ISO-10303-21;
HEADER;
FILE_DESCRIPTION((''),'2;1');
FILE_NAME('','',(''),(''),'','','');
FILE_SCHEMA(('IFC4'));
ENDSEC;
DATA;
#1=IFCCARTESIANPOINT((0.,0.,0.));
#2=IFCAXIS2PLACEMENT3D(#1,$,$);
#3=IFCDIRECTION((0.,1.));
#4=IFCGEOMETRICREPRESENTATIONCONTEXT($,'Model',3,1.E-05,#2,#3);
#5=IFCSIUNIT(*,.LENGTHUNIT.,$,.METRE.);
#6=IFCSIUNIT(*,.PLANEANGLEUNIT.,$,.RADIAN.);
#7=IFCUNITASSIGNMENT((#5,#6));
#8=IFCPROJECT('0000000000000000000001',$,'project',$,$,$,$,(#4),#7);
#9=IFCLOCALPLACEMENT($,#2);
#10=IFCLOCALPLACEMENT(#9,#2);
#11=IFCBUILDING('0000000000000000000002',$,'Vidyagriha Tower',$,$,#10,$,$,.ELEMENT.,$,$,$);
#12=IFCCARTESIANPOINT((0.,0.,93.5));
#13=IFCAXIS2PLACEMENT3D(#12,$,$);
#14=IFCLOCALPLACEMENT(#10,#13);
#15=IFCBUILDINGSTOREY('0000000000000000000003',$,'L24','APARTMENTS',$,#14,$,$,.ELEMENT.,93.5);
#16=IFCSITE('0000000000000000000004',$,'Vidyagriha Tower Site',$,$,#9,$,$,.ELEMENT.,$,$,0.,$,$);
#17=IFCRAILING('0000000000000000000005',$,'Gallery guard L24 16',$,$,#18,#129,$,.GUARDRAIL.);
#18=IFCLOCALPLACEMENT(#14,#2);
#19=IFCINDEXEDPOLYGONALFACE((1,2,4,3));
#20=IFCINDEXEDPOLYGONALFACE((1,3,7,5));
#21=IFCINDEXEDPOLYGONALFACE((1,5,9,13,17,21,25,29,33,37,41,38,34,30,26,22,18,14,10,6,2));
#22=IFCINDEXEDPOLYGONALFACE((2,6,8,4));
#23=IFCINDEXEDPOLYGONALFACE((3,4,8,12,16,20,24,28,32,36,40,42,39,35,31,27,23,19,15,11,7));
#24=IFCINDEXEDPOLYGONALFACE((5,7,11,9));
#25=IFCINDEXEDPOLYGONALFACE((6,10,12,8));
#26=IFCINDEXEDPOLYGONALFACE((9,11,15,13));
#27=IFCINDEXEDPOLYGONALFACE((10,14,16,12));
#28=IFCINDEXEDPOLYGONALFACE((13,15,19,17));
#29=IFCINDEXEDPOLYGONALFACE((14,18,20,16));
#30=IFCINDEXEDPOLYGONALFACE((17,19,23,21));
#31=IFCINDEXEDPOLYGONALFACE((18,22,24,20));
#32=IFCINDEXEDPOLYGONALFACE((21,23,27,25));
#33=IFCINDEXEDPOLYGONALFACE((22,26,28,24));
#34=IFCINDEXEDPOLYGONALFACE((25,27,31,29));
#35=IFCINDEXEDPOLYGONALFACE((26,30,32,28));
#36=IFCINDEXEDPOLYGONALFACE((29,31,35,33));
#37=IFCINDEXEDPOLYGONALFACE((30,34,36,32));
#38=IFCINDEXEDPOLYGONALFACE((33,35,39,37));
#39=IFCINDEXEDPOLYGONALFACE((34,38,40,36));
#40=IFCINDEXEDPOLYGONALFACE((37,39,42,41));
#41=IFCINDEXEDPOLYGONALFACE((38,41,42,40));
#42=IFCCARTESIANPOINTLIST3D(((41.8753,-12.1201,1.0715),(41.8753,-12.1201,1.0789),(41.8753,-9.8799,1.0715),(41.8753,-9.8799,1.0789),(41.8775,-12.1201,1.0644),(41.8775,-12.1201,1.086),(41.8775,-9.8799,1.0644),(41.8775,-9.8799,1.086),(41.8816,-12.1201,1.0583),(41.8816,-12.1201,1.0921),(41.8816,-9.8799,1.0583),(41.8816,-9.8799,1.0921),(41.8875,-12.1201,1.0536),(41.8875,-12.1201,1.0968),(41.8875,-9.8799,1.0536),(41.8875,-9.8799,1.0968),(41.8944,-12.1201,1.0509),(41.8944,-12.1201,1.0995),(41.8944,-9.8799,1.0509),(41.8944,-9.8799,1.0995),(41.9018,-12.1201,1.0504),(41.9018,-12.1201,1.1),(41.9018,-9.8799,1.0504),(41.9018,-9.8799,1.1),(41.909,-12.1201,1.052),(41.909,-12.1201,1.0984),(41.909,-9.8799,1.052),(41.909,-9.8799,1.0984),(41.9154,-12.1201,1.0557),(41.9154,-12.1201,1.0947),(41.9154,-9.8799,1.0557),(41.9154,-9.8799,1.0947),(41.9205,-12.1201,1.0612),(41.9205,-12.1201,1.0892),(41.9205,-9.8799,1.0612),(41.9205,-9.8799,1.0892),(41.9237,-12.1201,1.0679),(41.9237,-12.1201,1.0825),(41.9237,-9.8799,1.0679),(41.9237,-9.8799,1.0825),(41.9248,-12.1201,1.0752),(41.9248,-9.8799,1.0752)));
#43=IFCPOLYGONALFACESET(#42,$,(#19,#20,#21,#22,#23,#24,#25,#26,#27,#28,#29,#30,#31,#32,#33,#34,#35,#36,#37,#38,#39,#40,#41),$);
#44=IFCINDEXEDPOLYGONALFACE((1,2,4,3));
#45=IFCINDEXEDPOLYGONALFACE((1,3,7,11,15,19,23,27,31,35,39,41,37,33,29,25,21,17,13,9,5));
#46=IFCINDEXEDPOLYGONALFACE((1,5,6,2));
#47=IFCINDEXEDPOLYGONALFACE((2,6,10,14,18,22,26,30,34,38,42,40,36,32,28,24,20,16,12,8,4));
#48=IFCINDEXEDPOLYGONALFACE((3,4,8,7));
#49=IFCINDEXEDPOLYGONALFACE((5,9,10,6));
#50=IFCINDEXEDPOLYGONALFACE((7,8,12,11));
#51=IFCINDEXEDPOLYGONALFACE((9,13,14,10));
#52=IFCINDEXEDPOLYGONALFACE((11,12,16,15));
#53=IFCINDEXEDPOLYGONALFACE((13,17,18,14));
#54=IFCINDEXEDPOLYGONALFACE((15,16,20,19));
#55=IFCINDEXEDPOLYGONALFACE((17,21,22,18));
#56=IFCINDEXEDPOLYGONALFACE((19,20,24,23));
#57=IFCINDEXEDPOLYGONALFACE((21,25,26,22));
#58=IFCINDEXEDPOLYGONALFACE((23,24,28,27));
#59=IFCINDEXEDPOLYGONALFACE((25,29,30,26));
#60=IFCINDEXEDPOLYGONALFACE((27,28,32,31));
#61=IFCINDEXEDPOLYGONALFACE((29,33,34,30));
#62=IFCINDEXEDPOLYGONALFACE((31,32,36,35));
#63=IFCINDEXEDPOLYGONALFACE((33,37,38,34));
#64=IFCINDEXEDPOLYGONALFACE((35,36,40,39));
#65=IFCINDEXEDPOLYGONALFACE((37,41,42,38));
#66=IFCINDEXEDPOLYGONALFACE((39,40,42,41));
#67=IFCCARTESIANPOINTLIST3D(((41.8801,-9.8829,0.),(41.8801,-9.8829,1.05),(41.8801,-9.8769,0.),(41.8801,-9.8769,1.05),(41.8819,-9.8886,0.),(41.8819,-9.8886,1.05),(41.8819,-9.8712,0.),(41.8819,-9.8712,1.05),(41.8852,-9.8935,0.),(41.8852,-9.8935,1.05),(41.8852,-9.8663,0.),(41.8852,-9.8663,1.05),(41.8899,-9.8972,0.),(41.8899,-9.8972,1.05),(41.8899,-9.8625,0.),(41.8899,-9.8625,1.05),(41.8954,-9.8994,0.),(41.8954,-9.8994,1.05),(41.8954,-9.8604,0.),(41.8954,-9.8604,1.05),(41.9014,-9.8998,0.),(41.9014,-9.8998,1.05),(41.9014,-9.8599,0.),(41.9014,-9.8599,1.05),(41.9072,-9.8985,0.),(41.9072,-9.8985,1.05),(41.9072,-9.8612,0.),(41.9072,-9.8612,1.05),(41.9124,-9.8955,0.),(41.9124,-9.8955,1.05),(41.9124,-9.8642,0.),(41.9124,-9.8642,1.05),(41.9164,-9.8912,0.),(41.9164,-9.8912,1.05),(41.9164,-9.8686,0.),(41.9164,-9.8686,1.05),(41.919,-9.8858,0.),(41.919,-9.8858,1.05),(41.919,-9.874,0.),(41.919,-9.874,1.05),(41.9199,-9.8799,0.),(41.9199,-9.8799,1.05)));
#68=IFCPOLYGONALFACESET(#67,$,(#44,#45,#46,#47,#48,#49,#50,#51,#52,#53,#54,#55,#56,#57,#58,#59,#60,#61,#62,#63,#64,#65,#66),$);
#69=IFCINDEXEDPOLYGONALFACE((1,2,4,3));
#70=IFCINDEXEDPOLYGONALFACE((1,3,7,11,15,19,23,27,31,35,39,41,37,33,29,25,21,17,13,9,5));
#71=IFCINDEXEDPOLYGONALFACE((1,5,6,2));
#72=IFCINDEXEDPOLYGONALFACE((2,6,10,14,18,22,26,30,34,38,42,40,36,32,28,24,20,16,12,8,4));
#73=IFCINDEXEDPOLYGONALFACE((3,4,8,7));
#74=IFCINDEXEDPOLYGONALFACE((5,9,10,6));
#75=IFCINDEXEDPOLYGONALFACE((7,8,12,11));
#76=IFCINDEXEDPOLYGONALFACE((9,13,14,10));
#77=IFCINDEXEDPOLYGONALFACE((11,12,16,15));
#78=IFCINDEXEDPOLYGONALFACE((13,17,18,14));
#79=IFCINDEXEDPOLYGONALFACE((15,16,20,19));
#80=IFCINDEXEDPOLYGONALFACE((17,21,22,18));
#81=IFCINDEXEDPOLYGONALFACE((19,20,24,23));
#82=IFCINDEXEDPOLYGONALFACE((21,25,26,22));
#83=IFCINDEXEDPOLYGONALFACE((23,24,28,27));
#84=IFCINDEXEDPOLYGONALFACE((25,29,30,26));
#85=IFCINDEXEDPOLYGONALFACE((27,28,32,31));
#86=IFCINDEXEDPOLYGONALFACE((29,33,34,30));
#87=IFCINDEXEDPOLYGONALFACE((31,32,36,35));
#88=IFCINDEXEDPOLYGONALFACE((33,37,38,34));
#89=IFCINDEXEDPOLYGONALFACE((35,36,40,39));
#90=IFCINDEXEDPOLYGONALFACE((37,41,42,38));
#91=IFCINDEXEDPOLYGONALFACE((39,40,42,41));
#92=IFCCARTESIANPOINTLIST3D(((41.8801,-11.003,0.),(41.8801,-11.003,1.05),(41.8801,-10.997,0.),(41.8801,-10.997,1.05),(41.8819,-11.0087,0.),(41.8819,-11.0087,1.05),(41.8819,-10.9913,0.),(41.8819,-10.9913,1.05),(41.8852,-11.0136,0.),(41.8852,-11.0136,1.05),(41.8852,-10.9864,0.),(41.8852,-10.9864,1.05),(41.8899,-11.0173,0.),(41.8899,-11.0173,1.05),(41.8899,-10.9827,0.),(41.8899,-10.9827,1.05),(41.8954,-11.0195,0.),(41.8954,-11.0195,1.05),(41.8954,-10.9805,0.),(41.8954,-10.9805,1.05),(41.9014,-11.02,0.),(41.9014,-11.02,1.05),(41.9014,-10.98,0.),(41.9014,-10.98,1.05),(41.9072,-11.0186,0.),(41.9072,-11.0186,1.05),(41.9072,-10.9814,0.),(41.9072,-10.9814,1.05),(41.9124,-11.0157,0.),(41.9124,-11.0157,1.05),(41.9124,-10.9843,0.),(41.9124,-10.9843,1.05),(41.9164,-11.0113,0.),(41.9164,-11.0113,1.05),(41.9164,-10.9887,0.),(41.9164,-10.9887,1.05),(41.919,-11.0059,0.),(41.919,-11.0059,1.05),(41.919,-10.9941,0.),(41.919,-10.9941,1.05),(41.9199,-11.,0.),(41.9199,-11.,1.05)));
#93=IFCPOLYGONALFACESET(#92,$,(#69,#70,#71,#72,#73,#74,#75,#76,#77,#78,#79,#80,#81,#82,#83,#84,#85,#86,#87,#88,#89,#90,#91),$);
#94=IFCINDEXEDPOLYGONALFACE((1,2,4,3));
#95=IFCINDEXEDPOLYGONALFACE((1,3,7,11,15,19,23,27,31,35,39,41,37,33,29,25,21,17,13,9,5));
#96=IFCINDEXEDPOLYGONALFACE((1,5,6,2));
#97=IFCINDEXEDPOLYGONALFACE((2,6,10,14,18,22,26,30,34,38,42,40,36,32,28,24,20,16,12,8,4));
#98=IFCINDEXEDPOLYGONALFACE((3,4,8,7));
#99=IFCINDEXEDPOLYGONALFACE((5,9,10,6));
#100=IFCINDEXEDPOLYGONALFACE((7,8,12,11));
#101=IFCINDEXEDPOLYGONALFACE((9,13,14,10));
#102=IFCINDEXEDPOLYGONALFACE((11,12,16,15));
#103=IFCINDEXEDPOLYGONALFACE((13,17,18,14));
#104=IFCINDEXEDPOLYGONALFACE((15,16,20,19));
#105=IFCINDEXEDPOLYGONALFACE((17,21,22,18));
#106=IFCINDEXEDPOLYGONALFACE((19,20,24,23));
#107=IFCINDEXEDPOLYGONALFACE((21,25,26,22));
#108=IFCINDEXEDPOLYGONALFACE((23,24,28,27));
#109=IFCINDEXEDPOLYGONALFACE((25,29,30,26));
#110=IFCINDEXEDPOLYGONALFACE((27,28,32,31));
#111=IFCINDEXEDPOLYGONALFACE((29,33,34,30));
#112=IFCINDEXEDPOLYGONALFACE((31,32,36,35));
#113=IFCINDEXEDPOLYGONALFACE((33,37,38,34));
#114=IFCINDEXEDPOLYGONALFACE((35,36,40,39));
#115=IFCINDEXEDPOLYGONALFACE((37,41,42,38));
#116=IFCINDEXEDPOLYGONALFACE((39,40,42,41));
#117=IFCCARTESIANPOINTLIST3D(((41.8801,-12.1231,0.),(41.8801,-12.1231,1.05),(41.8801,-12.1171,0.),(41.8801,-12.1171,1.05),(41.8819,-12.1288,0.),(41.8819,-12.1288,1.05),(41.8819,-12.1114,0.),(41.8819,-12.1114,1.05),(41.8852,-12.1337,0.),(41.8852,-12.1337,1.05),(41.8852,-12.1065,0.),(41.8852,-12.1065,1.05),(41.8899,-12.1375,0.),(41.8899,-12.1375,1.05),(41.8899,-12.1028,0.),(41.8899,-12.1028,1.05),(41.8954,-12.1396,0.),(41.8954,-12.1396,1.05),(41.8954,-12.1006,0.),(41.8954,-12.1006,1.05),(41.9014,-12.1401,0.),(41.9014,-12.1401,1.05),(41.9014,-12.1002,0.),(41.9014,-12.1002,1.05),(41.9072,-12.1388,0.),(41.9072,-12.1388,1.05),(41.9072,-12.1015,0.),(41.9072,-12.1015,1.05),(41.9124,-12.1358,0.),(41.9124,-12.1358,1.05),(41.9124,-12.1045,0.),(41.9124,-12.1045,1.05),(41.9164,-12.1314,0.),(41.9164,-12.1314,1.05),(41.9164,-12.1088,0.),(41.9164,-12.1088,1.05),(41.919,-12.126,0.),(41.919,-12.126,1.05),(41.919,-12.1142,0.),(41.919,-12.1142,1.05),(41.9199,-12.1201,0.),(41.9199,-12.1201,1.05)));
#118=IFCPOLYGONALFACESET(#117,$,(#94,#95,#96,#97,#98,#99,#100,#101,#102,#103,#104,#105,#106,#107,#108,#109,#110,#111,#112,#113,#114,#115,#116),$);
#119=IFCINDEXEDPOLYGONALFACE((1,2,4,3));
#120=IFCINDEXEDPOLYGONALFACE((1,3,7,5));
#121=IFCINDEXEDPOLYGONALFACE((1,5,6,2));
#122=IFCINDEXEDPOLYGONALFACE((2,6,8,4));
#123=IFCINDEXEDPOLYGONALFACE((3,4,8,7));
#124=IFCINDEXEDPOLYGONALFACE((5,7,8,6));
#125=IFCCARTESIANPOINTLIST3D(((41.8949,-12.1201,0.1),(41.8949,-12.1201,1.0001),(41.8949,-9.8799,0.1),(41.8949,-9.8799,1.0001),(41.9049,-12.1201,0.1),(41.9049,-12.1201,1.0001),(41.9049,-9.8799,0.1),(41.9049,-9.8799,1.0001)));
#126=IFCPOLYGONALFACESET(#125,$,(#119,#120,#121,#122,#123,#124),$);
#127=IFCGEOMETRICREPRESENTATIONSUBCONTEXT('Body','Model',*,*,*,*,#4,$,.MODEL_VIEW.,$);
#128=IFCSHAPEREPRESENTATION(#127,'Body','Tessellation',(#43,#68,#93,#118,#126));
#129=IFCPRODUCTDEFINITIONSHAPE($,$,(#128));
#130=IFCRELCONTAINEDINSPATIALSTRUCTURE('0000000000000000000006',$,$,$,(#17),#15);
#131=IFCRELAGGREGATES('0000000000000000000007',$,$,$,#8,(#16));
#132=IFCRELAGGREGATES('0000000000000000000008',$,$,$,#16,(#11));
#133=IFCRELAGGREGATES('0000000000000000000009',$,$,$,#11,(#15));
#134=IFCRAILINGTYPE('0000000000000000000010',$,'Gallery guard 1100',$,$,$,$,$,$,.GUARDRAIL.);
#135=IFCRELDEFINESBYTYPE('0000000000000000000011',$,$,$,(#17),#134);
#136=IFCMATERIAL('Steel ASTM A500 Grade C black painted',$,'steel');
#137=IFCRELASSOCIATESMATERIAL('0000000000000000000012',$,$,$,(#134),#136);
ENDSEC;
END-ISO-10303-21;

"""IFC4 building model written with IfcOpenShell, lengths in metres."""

from ifc_helpers import new_model, si_unit, direction, frame, origin, origin_2d, place, context, subcontext, project, spatial, rectangle, circle, extrude, material, type_object, element, save


model = new_model("IFC4")

# Units and contexts
model_context = context("Model", 3, precision=1e-05, world=origin(), true_north=direction((0.0, 1.0)))
body_context = subcontext(model_context, "Body", "Model", "MODEL_VIEW")
ifc_project = project(units=[si_unit("LENGTHUNIT", "METRE"), si_unit("PLANEANGLEUNIT", "RADIAN")], contexts=[model_context])

# Site, building, storey
site_placement = place(None, origin())
site = spatial("IfcSite", under=ifc_project, at=site_placement, Name="Vidyagriha Tower Site", CompositionType="ELEMENT", RefElevation=0.0)
building_placement = place(site_placement, origin())
building = spatial("IfcBuilding", under=site, at=building_placement, Name="Vidyagriha Tower", CompositionType="ELEMENT")
storey_placement = place(building_placement, frame((0.0, 0.0, 93.5)))
storey = spatial("IfcBuildingStorey", under=building, at=storey_placement, Name="L24", Description="APARTMENTS", CompositionType="ELEMENT", Elevation=93.5)

# Railing
ifc_material_1 = material(Name="Steel ASTM A500 Grade C black painted", Category="steel")
railing_type_1 = type_object("IfcRailingType", Name="Gallery guard 1100", PredefinedType="GUARDRAIL", material=ifc_material_1)
railing_1_placement = place(storey_placement, frame((41.8999, -9.8799, 0.0)))
element("IfcRailing", 1, at=railing_1_placement, inside=storey, type_object=railing_type_1, Name="Gallery guard L24 16", PredefinedType="GUARDRAIL", context=body_context, shape_type="SweptSolid", body=[
    extrude(circle(Radius=0.0249, at=origin_2d()), frame((0.0, 0.0, 1.0752), z_axis=(0.0, -1.0, 0.0), x_axis=(1.0, 0.0, 0.0)), (0.0, 0.0, 1.0), 2.2402),
    extrude(circle(Radius=0.02, at=origin_2d()), origin(), (0.0, 0.0, 1.0), 1.05),
    extrude(circle(Radius=0.02, at=origin_2d()), frame((0.0, -1.1201, 0.0)), (0.0, 0.0, 1.0), 1.05),
    extrude(circle(Radius=0.02, at=origin_2d()), frame((0.0, -2.2402, 0.0)), (0.0, 0.0, 1.0), 1.05),
    extrude(rectangle(XDim=0.01, YDim=0.9001, at=origin_2d()), frame((0.0, 0.0, 0.55), z_axis=(0.0, -1.0, 0.0), x_axis=(1.0, 0.0, 0.0)), (0.0, 0.0, 1.0), 2.2402),
])

save(model, "model.ifc")
